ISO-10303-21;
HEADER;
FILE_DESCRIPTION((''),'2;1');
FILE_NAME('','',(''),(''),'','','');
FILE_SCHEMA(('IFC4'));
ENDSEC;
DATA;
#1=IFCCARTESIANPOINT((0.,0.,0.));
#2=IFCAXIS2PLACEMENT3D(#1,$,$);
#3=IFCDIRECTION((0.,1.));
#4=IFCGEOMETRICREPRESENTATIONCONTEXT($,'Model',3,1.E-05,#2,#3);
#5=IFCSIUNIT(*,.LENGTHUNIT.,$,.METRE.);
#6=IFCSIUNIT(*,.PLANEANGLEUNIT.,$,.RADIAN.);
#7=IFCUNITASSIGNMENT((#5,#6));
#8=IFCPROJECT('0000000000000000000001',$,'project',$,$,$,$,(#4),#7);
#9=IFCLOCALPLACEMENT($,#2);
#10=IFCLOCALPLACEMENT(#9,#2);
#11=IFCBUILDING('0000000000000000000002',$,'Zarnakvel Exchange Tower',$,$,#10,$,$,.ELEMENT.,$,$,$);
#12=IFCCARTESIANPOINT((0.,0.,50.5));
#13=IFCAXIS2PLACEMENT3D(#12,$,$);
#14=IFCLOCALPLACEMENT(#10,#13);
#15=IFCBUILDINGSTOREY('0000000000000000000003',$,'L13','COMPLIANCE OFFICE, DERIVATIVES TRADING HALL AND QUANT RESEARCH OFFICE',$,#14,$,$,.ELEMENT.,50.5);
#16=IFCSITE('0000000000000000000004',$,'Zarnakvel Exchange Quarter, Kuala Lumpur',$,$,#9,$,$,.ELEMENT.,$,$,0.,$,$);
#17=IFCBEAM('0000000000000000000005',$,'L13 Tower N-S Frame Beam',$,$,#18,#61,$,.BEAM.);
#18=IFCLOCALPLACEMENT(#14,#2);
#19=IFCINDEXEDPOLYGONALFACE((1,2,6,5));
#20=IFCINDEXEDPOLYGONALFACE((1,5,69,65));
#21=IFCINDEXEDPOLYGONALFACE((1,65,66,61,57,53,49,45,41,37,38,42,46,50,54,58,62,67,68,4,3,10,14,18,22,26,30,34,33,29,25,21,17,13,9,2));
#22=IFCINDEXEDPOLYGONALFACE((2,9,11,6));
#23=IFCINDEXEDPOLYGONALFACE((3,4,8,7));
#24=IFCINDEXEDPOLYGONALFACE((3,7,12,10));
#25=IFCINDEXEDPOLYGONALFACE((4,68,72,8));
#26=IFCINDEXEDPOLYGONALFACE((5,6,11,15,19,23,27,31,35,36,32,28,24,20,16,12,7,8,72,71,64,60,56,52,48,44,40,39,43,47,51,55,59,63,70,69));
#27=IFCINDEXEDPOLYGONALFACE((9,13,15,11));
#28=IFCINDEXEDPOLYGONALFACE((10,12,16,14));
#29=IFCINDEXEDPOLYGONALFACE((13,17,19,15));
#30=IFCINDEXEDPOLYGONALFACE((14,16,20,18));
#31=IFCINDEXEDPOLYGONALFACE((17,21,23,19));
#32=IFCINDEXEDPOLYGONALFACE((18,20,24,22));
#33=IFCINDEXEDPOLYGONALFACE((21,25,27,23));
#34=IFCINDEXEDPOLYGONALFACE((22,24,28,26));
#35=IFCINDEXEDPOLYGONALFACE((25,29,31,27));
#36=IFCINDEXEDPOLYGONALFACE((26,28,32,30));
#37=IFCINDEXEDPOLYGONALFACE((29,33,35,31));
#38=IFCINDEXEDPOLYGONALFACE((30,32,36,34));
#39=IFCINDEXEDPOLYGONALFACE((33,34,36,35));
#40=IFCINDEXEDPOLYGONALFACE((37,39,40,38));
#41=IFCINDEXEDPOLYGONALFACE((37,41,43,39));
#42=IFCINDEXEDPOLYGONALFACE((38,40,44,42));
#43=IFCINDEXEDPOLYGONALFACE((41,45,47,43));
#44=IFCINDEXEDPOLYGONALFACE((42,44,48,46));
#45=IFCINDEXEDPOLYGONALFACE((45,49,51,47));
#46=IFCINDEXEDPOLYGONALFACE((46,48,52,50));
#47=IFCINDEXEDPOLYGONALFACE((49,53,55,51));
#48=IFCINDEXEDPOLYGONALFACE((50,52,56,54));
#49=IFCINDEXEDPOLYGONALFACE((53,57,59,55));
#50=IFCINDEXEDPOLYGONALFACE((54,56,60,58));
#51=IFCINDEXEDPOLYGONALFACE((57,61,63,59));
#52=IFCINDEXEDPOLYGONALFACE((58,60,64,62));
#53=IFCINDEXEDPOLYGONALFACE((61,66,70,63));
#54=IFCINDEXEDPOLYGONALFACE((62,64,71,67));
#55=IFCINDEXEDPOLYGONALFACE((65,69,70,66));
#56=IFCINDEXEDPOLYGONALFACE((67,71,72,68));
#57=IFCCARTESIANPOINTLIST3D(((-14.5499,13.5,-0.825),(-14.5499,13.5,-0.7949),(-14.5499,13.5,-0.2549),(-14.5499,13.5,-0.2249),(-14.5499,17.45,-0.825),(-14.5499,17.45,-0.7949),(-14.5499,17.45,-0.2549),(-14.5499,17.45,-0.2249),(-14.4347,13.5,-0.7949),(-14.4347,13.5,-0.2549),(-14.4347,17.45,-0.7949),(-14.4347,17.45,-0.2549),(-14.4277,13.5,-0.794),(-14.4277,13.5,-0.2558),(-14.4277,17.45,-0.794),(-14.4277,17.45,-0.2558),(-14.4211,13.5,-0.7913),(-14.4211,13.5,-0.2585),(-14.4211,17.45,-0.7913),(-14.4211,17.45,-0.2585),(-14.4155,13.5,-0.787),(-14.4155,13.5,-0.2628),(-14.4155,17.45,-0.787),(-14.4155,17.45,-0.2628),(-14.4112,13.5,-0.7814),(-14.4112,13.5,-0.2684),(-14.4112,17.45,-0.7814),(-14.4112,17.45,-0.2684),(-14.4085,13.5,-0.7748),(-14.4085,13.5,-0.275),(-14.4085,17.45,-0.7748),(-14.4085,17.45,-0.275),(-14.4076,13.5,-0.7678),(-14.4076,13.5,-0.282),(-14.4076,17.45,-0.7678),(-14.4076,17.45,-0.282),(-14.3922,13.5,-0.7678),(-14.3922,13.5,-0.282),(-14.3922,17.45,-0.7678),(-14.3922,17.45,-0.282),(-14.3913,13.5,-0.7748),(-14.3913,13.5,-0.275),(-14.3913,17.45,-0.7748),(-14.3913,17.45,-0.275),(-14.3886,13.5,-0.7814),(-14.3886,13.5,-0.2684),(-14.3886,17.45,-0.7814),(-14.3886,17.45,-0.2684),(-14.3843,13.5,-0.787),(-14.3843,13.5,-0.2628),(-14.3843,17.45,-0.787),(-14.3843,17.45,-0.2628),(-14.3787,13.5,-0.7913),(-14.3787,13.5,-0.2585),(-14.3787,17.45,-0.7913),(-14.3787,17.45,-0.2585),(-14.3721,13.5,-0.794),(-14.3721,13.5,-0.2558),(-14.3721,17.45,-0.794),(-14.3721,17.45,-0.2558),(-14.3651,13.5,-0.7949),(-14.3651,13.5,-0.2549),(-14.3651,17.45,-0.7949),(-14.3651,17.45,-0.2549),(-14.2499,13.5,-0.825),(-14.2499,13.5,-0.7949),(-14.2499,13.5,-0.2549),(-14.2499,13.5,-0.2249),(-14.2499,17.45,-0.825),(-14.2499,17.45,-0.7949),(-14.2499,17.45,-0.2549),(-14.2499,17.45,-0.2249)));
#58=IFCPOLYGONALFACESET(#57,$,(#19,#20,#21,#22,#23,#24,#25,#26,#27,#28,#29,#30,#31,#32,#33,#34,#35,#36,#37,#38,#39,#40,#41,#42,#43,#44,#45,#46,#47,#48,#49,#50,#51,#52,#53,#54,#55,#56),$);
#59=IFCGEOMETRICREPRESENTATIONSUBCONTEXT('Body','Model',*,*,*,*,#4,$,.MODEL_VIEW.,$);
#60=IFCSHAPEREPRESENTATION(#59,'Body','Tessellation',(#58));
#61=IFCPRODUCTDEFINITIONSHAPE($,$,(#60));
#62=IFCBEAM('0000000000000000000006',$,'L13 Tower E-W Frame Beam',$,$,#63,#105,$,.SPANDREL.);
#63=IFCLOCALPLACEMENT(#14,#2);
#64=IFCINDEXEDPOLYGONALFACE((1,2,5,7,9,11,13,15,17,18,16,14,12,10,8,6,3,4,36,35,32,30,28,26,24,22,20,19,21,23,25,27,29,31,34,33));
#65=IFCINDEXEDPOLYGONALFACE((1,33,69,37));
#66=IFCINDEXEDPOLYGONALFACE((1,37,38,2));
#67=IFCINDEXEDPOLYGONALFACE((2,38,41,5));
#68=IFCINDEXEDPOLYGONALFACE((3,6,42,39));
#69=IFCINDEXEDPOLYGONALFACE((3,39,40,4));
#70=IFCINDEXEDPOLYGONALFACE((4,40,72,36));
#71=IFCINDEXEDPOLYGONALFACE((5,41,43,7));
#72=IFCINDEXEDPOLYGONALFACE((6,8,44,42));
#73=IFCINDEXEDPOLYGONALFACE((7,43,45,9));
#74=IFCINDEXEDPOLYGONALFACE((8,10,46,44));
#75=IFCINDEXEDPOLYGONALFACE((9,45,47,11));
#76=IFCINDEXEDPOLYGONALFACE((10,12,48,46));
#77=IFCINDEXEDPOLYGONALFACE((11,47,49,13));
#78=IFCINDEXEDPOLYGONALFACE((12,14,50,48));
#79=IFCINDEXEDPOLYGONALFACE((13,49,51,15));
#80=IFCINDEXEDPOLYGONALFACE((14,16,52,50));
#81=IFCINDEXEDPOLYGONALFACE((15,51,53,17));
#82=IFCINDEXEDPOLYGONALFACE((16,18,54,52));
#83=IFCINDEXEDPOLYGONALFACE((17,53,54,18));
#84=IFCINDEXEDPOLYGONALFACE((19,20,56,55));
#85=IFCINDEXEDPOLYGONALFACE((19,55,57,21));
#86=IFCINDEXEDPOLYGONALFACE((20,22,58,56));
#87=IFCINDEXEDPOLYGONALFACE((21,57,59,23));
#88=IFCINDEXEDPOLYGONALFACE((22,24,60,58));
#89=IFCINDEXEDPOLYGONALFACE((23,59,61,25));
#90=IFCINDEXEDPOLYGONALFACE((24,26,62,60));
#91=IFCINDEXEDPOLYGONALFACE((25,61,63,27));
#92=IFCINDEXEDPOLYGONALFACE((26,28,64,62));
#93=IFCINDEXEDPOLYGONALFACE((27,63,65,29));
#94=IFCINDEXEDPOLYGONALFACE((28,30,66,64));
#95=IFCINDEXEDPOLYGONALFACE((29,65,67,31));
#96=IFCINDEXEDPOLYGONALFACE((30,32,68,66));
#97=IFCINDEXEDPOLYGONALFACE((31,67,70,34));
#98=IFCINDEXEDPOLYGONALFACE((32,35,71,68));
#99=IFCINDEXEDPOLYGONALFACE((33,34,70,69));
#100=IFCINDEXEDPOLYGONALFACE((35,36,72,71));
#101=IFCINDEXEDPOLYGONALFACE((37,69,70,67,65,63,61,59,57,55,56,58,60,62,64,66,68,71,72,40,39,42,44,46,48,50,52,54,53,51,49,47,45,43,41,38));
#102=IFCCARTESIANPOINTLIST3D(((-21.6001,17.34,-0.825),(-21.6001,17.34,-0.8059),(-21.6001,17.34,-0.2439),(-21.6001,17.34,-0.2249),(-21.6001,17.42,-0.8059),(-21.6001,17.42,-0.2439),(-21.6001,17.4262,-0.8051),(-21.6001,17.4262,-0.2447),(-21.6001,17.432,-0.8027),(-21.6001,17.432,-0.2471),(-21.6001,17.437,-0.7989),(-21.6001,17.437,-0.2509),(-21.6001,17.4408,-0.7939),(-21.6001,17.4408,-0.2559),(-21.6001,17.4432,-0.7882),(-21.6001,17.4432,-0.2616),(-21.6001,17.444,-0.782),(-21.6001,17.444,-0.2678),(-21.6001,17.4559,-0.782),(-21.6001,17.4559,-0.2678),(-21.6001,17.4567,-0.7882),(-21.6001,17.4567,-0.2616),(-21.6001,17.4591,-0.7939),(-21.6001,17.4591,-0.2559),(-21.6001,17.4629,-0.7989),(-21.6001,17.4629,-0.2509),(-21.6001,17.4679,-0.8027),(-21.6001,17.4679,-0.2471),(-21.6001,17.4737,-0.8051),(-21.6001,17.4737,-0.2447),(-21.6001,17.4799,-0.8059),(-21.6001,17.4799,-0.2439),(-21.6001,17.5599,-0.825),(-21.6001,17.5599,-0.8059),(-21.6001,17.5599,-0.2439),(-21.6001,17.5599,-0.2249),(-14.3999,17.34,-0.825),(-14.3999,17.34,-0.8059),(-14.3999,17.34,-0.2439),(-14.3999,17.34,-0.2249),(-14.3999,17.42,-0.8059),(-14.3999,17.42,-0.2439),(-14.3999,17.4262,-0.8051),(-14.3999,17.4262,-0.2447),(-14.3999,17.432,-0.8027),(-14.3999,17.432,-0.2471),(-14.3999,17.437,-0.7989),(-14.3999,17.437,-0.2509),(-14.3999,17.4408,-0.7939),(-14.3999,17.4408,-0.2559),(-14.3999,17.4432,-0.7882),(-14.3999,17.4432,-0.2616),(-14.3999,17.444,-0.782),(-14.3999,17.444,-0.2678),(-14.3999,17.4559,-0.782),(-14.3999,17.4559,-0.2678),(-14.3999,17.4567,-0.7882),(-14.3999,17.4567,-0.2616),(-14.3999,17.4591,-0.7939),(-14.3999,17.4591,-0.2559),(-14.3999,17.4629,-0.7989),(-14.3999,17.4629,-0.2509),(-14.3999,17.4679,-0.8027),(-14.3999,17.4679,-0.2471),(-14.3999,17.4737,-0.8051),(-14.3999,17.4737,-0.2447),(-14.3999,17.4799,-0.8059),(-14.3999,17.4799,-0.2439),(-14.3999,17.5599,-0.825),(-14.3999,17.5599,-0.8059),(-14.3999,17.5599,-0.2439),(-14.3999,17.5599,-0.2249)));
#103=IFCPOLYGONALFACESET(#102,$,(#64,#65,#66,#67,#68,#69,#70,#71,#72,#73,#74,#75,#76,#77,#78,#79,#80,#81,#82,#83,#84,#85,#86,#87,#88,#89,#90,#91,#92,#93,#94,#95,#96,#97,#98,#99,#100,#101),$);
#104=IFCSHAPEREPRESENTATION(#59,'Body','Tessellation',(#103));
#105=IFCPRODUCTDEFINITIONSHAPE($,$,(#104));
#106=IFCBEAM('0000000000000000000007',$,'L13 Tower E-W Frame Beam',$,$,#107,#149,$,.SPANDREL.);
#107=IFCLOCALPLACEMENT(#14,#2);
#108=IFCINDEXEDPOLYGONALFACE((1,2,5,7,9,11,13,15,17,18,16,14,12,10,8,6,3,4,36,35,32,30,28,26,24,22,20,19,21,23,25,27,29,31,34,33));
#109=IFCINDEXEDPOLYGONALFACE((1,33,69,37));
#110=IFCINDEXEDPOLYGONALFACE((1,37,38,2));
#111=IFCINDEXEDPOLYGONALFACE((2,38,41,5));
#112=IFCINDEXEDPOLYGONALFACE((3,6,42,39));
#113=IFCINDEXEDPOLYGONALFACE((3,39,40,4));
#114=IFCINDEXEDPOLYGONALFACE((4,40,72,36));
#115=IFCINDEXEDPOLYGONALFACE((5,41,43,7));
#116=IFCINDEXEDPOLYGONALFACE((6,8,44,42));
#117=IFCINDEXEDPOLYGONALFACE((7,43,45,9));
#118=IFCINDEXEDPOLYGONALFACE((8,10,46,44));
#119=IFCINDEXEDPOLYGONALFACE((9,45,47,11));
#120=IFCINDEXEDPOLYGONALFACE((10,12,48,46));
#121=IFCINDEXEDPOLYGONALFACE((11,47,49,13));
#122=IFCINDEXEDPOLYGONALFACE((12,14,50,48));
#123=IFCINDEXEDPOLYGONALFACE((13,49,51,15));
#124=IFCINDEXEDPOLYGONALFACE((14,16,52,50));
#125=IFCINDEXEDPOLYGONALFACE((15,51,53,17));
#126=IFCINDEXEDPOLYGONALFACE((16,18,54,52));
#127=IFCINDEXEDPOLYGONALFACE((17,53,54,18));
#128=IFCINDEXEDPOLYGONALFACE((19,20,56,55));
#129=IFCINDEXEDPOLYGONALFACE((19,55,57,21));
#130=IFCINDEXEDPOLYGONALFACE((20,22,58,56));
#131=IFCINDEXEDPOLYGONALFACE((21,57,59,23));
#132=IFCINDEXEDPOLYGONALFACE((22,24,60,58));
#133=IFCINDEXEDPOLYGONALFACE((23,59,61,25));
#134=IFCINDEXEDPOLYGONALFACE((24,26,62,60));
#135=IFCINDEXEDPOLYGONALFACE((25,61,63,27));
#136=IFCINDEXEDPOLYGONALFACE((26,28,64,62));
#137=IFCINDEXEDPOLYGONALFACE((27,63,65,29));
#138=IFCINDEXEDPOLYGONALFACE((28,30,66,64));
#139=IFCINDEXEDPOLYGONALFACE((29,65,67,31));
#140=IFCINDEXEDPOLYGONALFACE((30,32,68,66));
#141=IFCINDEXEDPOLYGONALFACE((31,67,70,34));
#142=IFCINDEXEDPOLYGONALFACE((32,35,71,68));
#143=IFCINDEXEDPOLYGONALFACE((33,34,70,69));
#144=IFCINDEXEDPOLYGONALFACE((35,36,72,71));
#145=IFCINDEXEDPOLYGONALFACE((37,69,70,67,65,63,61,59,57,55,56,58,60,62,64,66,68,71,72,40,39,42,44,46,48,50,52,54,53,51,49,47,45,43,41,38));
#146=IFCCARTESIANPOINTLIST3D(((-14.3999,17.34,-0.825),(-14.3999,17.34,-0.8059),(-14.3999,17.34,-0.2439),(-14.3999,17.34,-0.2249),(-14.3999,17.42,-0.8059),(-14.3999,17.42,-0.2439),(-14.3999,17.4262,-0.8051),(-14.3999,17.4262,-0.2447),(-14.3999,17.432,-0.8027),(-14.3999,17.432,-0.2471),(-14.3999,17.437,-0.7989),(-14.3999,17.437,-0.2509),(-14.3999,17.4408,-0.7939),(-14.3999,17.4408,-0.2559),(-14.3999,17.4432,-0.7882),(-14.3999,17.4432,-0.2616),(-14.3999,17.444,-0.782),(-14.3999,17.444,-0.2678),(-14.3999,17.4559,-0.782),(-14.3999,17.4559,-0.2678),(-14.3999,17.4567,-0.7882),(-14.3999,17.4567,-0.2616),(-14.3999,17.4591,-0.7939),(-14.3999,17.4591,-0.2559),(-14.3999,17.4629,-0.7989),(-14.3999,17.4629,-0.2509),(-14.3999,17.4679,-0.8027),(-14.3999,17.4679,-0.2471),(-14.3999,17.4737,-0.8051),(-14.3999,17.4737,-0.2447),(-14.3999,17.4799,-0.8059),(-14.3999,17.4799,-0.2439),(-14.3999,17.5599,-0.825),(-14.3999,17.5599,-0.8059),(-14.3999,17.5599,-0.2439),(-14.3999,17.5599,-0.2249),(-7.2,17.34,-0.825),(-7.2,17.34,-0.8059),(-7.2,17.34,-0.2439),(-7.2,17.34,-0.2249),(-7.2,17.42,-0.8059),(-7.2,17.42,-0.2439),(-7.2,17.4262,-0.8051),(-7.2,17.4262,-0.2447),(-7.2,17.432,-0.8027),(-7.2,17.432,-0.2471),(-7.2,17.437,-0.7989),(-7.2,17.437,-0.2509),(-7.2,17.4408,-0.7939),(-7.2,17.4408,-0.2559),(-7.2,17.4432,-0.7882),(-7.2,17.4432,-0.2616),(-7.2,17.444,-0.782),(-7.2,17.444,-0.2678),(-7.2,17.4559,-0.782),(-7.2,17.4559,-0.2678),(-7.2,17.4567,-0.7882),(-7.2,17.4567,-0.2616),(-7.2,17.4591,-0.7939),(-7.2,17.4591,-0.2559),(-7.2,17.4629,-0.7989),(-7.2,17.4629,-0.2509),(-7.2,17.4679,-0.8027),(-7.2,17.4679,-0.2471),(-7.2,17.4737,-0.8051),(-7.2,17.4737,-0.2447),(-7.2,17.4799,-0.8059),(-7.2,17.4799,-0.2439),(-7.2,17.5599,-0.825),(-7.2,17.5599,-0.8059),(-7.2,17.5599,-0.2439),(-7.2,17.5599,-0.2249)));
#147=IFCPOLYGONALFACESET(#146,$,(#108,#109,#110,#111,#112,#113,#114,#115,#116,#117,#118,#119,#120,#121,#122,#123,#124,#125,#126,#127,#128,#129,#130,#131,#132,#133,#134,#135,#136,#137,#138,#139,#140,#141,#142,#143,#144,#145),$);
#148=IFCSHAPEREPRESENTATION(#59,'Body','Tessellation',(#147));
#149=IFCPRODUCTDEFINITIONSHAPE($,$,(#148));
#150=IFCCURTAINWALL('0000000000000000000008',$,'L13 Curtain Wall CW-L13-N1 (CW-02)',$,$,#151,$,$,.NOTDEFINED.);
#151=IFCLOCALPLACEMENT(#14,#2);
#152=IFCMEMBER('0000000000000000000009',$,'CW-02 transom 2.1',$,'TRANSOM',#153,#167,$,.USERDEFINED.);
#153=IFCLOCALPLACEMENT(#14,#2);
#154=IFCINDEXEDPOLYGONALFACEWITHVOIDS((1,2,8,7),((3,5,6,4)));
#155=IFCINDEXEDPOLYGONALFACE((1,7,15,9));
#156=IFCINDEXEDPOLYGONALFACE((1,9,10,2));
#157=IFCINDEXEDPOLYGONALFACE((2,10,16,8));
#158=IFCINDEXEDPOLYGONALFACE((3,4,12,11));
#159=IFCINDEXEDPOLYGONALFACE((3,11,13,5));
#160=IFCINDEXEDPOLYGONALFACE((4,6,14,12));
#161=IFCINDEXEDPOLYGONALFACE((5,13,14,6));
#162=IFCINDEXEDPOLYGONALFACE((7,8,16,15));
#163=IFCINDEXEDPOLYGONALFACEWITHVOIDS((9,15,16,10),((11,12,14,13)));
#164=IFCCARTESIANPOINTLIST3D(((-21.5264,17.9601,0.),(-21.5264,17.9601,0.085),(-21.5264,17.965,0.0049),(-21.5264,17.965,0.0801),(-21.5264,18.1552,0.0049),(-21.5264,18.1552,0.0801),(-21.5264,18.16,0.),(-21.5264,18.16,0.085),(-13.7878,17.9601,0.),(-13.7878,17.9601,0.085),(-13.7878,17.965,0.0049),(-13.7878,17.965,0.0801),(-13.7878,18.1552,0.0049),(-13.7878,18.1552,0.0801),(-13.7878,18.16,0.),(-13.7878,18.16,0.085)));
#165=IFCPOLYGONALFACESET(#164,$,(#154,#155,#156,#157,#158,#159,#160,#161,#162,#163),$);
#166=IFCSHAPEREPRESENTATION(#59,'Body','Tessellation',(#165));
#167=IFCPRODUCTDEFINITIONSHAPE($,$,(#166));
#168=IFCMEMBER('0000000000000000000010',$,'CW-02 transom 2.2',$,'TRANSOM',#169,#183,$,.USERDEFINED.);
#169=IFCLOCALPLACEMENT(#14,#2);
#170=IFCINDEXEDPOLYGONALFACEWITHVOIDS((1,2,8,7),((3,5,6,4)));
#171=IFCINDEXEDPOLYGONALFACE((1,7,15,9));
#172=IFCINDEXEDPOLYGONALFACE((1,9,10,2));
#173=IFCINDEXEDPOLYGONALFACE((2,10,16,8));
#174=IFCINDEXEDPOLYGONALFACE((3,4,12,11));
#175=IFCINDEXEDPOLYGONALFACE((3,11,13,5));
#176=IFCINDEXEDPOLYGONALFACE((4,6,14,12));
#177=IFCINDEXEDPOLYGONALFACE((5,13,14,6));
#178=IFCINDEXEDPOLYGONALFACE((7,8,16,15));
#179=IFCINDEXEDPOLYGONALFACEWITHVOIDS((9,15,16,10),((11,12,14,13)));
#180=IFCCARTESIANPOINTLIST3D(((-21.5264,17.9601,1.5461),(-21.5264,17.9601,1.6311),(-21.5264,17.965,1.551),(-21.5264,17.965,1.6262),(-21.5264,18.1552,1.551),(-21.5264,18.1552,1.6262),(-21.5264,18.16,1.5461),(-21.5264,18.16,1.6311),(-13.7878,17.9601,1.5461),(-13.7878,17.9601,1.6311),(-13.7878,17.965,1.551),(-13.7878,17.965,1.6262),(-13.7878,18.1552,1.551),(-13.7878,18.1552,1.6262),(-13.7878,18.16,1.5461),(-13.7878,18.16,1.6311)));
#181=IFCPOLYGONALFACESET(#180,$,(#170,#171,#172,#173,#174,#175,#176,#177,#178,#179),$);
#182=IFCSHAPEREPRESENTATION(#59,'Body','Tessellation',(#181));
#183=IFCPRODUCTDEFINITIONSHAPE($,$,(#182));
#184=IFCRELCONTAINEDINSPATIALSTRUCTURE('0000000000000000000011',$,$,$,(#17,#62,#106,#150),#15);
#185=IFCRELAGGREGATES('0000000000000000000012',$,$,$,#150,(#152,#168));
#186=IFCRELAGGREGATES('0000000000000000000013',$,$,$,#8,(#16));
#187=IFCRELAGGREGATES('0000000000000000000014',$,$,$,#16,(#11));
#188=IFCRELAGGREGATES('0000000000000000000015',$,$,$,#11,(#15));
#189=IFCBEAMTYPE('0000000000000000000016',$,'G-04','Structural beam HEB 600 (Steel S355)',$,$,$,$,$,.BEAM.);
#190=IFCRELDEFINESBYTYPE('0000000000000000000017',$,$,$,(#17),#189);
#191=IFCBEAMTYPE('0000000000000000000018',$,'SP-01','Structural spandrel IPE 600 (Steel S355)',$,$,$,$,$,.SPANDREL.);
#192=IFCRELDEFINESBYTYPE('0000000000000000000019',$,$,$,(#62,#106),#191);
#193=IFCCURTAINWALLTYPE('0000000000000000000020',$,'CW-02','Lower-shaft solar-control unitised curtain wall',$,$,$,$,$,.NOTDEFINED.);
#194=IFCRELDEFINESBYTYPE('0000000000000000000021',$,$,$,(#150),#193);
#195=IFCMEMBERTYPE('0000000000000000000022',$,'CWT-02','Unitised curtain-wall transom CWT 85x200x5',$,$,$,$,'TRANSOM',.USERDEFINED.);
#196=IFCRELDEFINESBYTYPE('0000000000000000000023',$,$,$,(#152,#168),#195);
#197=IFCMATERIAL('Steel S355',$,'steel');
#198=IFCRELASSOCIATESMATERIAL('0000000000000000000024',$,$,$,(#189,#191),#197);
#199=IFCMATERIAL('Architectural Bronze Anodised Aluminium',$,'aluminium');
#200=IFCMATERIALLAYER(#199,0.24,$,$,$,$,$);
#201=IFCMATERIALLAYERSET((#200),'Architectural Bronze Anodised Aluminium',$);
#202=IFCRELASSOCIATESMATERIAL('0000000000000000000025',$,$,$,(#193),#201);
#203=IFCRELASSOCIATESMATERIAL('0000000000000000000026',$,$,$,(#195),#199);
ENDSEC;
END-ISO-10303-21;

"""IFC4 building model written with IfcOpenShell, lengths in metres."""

from ifc_helpers import new_model, si_unit, direction, frame, origin, origin_2d, place, context, subcontext, project, spatial, hollow_rectangle, i_section, extrude, source, transform, mapped, material, layer, layer_set, material_profile, profile_set, type_object, element, aggregate, save


model = new_model("IFC4")

# Units and contexts
model_context = context("Model", 3, precision=1e-05, world=origin(), true_north=direction((0.0, 1.0)))
body_context = subcontext(model_context, "Body", "Model", "MODEL_VIEW")
ifc_project = project(units=[si_unit("LENGTHUNIT", "METRE"), si_unit("PLANEANGLEUNIT", "RADIAN")], contexts=[model_context])

# Site, building, storey
site_placement = place(None, origin())
site = spatial("IfcSite", under=ifc_project, at=site_placement, Name="Zarnakvel Exchange Quarter, Kuala Lumpur", CompositionType="ELEMENT", RefElevation=0.0)
building_placement = place(site_placement, origin())
building = spatial("IfcBuilding", under=site, at=building_placement, Name="Zarnakvel Exchange Tower", CompositionType="ELEMENT")
storey_placement = place(building_placement, frame((0.0, 0.0, 50.5)))
storey = spatial("IfcBuildingStorey", under=building, at=storey_placement, Name="L13", Description="COMPLIANCE OFFICE, DERIVATIVES TRADING HALL AND QUANT RESEARCH OFFICE", CompositionType="ELEMENT", Elevation=50.5)

# Beams
ifc_material_1 = material(Name="Steel S355", Category="steel")
ifc_material_profile_1 = material_profile(ifc_material_1, i_section(OverallWidth=0.3, OverallDepth=0.6001, WebThickness=0.0154, FlangeThickness=0.03, FilletRadius=0.0271, at=origin_2d()))
ifc_profile_set_1 = profile_set([ifc_material_profile_1], Name="Steel S355")
beam_type_1 = type_object("IfcBeamType", Name="G-04", Description="Structural beam HEB 600 (Steel S355)", PredefinedType="BEAM", material=ifc_profile_set_1)
for number, where, z_axis, x_axis, name in (
    (1, (-14.3999, 13.5, -0.5249), (0.0, 1.0, 0.0), (-1.0, 0.0, 0.0), "L13 Tower N-S Frame Beam"),
):
    element("IfcBeam", number, at=place(storey_placement, frame(where, z_axis=z_axis, x_axis=x_axis)), inside=storey, type_object=beam_type_1, Name=name, PredefinedType="BEAM", context=body_context, shape_type="SweptSolid", body=[
        extrude(i_section(OverallWidth=0.3, OverallDepth=0.6001, WebThickness=0.0154, FlangeThickness=0.03, FilletRadius=0.0271, at=origin_2d()), origin(), (0.0, 0.0, 1.0), 3.95),
    ])
ifc_material_profile_2 = material_profile(ifc_material_1, i_section(OverallWidth=0.22, OverallDepth=0.6001, WebThickness=0.012, FlangeThickness=0.019, FilletRadius=0.0239, at=origin_2d()))
ifc_profile_set_2 = profile_set([ifc_material_profile_2], Name="Steel S355")
beam_type_2 = type_object("IfcBeamType", Name="SP-01", Description="Structural spandrel IPE 600 (Steel S355)", PredefinedType="SPANDREL", material=ifc_profile_set_2)
beam_1_placement = place(storey_placement, frame((-21.6001, 17.45, -0.5249), z_axis=(1.0, 0.0, 0.0), x_axis=(0.0, 1.0, 0.0)))
element("IfcBeam", 2, at=beam_1_placement, inside=storey, type_object=beam_type_2, Name="L13 Tower E-W Frame Beam", PredefinedType="SPANDREL", context=body_context, shape_type="SweptSolid", body=[
    extrude(i_section(OverallWidth=0.22, OverallDepth=0.6001, WebThickness=0.012, FlangeThickness=0.019, FilletRadius=0.0239, at=origin_2d()), origin(), (0.0, 0.0, 1.0), 7.2002),
])
beam_2_placement = place(storey_placement, frame((-14.3999, 17.45, -0.5249), z_axis=(1.0, 0.0, 0.0), x_axis=(0.0, 1.0, 0.0)))
element("IfcBeam", 3, at=beam_2_placement, inside=storey, type_object=beam_type_2, Name="L13 Tower E-W Frame Beam", PredefinedType="SPANDREL", context=body_context, shape_type="SweptSolid", body=[
    extrude(i_section(OverallWidth=0.22, OverallDepth=0.6001, WebThickness=0.012, FlangeThickness=0.019, FilletRadius=0.0239, at=origin_2d()), origin(), (0.0, 0.0, 1.0), 7.2),
])

# Curtain wall, members
ifc_material_2 = material(Name="Architectural Bronze Anodised Aluminium", Category="aluminium")
ifc_layer_1 = layer(ifc_material_2, 0.24)
ifc_layer_set_1 = layer_set([ifc_layer_1], Name="Architectural Bronze Anodised Aluminium")
curtain_wall_type = type_object("IfcCurtainWallType", Name="CW-02", Description="Lower-shaft solar-control unitised curtain wall", PredefinedType="NOTDEFINED", material=ifc_layer_set_1)
curtain_wall_placement = place(storey_placement, origin())
curtain_wall = element("IfcCurtainWall", 4, at=curtain_wall_placement, inside=storey, type_object=curtain_wall_type, Name="L13 Curtain Wall CW-L13-N1 (CW-02)", PredefinedType="NOTDEFINED")
ifc_material_profile_3 = material_profile(ifc_material_2, hollow_rectangle(XDim=0.2, YDim=0.085, WallThickness=0.0049, at=origin_2d()))
ifc_profile_set_3 = profile_set([ifc_material_profile_3], Name="Architectural Bronze Anodised Aluminium")
member_type_1 = type_object("IfcMemberType", Name="CWT-02", Description="Unitised curtain-wall transom CWT 85x200x5", ElementType="TRANSOM", PredefinedType="USERDEFINED", material=ifc_profile_set_3)
shared_shape_1 = source(origin(), body_context, "Body", "SweptSolid", [
    extrude(hollow_rectangle(XDim=0.2, YDim=0.085, WallThickness=0.0049, at=origin_2d()), origin(), (0.0, 0.0, 1.0), 7.7385),
])
member_1_placement = place(storey_placement, frame((-21.5264, 18.0601, 0.0425), z_axis=(1.0, 0.0, 0.0), x_axis=(0.0, 1.0, 0.0)))
member_1 = element("IfcMember", 5, at=member_1_placement, type_object=member_type_1, Name="CW-02 transom 2.1", ObjectType="TRANSOM", PredefinedType="USERDEFINED", context=body_context, shape_type="MappedRepresentation", body=[
    mapped(shared_shape_1, transform((0.0, 0.0, 0.0), x_axis=(1.0, 0.0, 0.0), y_axis=(0.0, 1.0, 0.0), z_axis=(0.0, 0.0, 1.0), scale=1.0)),
])
member_2_placement = place(storey_placement, frame((-21.5264, 18.0601, 1.5886), z_axis=(1.0, 0.0, 0.0), x_axis=(0.0, 1.0, 0.0)))
member_2 = element("IfcMember", 6, at=member_2_placement, type_object=member_type_1, Name="CW-02 transom 2.2", ObjectType="TRANSOM", PredefinedType="USERDEFINED", context=body_context, shape_type="MappedRepresentation", body=[
    mapped(shared_shape_1, transform((0.0, 0.0, 0.0), x_axis=(1.0, 0.0, 0.0), y_axis=(0.0, 1.0, 0.0), z_axis=(0.0, 0.0, 1.0), scale=1.0)),
])
aggregate(curtain_wall, [member_1, member_2])

save(model, "model.ifc")
